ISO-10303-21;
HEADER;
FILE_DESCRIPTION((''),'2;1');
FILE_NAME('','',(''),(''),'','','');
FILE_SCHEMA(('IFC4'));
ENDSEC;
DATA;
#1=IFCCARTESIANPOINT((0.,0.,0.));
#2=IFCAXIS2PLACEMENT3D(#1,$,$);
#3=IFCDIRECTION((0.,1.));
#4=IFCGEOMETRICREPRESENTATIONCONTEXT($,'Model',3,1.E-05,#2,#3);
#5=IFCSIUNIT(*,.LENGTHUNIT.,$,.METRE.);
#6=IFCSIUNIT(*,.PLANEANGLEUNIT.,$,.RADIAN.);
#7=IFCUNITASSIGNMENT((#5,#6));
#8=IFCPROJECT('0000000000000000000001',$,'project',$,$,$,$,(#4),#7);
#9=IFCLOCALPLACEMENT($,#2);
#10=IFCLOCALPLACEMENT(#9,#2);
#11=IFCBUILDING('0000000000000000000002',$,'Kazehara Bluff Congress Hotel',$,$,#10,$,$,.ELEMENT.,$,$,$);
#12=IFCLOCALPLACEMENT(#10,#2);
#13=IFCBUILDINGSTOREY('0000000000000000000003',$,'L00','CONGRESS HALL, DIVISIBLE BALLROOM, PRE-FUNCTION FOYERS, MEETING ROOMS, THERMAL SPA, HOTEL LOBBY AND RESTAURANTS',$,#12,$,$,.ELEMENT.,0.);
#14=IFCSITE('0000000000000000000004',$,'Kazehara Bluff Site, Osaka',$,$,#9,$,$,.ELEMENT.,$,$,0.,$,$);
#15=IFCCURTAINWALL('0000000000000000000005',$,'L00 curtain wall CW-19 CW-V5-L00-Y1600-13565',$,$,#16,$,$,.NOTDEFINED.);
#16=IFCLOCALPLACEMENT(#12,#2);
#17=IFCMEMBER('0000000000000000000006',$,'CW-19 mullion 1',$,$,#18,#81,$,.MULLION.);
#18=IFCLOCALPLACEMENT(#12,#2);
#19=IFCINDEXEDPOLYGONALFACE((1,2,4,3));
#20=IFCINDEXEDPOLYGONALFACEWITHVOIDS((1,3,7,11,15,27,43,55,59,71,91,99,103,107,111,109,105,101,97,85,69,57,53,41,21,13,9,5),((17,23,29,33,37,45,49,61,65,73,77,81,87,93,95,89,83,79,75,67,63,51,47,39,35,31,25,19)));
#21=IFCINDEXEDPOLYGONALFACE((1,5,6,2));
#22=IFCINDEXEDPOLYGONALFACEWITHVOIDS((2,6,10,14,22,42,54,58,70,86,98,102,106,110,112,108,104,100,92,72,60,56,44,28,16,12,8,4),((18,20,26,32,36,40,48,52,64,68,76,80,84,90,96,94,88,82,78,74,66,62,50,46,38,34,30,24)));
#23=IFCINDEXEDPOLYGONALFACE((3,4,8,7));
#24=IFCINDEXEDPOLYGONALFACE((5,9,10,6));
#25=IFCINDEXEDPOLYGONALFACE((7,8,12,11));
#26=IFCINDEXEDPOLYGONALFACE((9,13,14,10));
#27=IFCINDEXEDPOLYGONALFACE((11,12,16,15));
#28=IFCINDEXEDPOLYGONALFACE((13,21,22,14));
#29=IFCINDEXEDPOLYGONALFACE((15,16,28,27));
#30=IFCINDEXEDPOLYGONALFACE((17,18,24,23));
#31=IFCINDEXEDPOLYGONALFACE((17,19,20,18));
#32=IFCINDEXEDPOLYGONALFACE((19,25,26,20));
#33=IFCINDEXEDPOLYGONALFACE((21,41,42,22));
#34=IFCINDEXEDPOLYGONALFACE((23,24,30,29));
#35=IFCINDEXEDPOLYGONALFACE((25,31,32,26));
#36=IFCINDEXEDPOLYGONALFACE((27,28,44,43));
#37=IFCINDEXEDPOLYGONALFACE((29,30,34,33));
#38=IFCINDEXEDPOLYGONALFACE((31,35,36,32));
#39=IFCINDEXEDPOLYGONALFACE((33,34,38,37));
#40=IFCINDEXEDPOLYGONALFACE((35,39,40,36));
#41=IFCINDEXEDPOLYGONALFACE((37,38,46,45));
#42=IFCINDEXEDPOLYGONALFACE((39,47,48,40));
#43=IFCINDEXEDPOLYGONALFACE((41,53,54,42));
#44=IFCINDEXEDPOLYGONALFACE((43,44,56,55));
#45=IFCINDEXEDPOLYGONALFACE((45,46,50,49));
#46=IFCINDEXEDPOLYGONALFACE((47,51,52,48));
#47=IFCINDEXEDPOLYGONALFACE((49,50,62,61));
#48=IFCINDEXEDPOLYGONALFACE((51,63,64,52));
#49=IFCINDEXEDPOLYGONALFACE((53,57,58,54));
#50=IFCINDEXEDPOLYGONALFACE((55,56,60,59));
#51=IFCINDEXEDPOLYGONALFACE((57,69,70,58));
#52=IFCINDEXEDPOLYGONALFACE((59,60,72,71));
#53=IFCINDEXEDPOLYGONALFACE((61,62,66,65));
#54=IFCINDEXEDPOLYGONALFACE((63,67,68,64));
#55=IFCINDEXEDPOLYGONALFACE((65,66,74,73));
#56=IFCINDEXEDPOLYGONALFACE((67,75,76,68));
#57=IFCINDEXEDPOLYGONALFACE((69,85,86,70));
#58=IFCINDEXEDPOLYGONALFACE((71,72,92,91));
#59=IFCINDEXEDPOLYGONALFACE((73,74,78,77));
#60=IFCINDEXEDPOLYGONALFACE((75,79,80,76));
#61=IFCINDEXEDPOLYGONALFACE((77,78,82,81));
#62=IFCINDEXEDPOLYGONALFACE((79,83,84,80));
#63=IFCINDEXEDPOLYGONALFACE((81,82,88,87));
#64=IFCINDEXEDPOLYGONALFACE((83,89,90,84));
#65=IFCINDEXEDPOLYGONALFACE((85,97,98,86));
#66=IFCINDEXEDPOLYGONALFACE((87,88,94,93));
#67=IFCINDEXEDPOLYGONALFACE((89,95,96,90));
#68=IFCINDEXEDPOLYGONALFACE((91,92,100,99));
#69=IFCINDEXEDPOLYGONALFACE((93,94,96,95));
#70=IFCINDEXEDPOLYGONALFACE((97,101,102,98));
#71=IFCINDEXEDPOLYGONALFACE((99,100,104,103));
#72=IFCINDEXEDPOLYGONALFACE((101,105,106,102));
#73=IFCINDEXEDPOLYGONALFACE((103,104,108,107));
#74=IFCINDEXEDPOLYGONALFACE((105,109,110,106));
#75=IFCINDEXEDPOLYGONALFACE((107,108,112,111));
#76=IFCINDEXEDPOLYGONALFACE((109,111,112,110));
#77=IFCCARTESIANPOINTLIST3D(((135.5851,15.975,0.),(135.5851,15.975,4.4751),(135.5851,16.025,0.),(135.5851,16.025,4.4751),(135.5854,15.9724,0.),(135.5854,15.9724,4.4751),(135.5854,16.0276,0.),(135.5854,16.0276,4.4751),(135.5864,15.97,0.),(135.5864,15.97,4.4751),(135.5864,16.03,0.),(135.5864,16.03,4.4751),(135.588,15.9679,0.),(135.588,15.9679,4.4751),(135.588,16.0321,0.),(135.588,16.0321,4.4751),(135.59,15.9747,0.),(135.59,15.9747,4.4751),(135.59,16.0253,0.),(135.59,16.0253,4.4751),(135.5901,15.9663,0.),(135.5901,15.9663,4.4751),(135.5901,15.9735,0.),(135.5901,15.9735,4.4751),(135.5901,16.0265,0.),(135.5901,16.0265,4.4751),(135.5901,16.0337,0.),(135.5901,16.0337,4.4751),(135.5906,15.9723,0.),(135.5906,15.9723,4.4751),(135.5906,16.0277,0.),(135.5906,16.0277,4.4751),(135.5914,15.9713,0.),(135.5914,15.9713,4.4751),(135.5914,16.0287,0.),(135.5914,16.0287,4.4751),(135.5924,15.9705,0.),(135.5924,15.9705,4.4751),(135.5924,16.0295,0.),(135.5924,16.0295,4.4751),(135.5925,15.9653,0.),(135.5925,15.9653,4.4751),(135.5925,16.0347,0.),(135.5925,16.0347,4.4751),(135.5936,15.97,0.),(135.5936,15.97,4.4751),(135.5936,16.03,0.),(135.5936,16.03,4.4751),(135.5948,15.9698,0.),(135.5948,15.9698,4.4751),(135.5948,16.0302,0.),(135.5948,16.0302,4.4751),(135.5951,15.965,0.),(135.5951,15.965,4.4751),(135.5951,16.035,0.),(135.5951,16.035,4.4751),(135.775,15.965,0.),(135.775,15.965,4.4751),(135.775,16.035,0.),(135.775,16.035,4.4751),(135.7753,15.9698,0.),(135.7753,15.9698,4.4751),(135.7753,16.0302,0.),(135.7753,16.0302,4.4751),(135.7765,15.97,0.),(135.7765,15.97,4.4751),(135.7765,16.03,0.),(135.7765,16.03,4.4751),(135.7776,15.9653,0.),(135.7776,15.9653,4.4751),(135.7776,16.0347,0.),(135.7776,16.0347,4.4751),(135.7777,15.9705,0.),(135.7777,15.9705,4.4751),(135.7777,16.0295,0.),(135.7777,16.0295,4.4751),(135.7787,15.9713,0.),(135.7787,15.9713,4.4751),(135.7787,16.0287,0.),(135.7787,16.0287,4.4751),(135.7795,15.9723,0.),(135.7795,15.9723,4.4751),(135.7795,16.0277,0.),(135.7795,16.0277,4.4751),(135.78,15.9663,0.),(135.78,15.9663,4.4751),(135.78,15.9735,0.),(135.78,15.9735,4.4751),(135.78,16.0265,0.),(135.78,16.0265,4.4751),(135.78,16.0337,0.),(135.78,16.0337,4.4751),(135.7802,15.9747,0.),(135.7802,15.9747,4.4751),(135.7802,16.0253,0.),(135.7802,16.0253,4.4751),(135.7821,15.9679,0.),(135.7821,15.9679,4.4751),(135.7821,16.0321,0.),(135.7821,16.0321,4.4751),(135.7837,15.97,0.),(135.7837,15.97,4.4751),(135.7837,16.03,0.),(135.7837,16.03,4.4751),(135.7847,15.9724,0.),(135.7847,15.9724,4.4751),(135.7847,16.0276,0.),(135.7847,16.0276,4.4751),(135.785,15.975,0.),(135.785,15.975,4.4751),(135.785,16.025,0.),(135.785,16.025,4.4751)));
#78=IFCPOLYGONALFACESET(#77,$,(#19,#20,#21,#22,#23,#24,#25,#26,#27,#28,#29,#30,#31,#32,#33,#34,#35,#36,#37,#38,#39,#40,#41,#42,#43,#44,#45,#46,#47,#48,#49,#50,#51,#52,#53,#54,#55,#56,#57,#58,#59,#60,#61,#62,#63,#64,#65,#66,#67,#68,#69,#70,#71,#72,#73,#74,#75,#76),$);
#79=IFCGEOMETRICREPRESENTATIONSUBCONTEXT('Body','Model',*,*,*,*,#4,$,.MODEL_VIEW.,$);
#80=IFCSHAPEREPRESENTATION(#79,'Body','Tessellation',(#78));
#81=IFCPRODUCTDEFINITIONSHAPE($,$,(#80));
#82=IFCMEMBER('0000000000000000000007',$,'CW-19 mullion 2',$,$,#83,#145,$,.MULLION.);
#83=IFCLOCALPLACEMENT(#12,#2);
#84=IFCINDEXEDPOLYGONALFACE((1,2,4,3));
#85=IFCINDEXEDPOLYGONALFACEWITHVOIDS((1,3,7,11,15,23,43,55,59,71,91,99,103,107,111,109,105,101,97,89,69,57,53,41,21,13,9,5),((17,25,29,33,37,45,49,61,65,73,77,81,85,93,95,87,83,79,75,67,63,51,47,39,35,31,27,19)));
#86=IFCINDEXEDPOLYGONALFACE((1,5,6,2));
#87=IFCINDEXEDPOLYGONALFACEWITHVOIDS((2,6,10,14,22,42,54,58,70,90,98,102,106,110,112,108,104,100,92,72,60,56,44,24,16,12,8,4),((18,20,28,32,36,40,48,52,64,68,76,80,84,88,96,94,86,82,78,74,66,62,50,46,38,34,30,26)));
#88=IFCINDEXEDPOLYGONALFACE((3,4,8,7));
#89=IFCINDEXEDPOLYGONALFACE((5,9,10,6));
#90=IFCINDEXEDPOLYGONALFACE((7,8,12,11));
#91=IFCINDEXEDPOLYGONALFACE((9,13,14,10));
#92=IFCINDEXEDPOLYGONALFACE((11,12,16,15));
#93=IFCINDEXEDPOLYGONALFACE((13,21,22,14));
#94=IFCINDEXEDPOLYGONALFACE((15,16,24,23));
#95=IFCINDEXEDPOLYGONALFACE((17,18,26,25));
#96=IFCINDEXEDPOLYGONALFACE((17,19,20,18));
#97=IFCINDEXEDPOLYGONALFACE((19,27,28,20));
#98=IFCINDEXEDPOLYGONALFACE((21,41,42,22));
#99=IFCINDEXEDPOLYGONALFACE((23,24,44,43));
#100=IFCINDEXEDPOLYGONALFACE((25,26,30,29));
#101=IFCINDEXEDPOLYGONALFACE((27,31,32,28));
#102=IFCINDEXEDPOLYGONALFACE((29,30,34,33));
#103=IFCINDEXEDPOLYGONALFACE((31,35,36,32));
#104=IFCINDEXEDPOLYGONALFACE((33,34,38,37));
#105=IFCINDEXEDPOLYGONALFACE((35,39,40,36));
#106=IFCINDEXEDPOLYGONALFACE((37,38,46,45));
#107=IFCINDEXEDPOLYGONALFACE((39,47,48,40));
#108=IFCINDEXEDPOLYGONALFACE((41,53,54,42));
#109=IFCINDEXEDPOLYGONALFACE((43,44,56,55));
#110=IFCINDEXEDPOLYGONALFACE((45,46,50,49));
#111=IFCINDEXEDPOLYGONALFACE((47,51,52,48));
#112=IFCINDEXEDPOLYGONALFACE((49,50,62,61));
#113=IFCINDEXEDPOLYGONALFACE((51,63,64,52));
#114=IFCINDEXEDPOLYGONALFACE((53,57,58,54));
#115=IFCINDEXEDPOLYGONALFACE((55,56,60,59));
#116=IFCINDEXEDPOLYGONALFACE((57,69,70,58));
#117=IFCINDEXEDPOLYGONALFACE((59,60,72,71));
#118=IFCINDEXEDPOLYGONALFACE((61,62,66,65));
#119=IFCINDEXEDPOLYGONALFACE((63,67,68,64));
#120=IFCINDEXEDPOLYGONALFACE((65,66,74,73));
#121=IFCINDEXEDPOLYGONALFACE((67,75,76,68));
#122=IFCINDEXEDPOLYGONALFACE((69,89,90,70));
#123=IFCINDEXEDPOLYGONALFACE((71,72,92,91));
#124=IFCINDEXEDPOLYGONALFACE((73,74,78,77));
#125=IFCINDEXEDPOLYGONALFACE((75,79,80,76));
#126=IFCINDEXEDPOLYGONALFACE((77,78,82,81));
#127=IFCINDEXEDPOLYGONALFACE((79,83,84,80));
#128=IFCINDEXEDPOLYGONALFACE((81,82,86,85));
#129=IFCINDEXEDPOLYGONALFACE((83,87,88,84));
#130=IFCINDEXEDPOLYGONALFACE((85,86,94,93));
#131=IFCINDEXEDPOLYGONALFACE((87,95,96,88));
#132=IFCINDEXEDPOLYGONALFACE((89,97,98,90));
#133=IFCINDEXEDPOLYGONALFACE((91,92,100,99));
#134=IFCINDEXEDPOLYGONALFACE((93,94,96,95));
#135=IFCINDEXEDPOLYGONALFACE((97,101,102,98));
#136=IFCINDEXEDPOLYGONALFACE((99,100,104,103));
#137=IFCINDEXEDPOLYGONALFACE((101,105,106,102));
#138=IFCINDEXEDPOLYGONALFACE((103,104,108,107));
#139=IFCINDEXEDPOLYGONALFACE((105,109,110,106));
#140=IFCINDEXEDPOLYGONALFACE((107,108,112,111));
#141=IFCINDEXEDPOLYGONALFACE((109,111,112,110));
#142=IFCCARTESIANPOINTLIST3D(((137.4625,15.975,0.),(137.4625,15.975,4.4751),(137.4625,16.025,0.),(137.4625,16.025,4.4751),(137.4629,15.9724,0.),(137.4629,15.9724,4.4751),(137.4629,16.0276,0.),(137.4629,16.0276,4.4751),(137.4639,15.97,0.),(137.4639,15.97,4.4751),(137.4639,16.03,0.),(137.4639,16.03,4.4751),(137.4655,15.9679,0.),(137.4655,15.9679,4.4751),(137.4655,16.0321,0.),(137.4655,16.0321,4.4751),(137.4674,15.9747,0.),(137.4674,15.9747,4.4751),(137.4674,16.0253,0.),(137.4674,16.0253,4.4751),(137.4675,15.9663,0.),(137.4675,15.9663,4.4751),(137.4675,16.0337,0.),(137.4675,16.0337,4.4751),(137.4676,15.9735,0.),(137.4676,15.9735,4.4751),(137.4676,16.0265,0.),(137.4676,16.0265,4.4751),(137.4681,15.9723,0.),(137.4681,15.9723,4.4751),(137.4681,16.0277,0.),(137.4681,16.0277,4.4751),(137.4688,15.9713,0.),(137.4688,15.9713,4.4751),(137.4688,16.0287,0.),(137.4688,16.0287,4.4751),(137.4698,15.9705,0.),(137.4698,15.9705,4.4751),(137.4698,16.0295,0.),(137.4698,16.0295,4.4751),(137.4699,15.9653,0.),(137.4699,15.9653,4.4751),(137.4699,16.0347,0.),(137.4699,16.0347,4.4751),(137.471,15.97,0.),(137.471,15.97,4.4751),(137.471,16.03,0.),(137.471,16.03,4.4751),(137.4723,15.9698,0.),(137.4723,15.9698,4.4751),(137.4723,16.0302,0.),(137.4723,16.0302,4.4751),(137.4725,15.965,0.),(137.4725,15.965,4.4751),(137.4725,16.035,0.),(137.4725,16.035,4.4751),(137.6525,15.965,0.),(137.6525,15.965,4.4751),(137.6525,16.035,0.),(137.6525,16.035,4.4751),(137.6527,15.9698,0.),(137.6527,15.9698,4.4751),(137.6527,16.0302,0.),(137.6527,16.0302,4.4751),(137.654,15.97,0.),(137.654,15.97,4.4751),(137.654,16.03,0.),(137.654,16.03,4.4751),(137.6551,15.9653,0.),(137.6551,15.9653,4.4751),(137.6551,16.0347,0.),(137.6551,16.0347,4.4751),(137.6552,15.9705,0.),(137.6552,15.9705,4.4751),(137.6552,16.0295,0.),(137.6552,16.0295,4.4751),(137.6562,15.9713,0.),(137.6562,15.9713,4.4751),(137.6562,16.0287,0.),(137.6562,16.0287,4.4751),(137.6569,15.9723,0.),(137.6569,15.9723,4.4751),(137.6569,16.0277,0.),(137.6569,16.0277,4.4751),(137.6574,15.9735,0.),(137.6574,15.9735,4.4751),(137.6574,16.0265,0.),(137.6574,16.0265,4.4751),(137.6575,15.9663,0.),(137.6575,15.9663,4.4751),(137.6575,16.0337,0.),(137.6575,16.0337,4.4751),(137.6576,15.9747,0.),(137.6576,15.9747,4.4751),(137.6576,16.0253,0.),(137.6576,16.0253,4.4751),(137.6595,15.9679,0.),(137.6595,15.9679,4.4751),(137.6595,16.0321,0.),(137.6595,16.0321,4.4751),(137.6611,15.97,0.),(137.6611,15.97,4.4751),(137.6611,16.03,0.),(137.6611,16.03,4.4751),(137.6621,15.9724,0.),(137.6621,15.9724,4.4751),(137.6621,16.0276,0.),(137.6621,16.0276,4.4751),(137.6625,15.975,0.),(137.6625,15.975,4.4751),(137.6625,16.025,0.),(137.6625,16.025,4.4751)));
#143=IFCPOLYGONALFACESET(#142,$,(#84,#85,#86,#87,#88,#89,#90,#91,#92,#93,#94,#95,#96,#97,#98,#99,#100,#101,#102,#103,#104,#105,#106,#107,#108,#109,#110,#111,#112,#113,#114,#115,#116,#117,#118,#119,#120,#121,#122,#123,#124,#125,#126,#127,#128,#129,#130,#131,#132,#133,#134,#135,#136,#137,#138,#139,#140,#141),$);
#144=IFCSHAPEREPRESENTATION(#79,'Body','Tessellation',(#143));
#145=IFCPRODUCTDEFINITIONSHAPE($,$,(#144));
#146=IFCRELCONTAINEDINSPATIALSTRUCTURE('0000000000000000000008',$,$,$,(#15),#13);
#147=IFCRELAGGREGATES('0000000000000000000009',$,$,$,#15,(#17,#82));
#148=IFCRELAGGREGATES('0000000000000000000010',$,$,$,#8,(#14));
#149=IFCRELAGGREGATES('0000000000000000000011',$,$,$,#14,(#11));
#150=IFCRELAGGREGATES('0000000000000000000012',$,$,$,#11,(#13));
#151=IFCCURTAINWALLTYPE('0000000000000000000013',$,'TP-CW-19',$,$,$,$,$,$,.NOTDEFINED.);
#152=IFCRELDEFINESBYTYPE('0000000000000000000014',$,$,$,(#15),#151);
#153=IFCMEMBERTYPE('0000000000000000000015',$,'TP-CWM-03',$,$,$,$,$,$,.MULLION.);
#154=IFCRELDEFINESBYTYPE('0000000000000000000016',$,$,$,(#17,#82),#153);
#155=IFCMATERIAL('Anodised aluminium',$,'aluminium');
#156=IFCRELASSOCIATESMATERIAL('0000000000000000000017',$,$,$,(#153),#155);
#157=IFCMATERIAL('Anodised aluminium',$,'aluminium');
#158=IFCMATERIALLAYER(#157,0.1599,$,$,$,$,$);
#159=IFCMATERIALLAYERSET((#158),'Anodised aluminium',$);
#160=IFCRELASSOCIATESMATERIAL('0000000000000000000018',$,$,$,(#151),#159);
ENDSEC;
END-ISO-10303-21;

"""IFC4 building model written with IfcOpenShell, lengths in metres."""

from ifc_helpers import new_model, si_unit, direction, frame, origin, origin_2d, place, context, subcontext, project, spatial, hollow_rectangle, extrude, material, layer, layer_set, material_profile, profile_set, type_object, element, aggregate, save


model = new_model("IFC4")

# Units and contexts
model_context = context("Model", 3, precision=1e-05, world=origin(), true_north=direction((0.0, 1.0)))
body_context = subcontext(model_context, "Body", "Model", "MODEL_VIEW")
ifc_project = project(units=[si_unit("LENGTHUNIT", "METRE"), si_unit("PLANEANGLEUNIT", "RADIAN")], contexts=[model_context])

# Site, building, storey
site_placement = place(None, origin())
site = spatial("IfcSite", under=ifc_project, at=site_placement, Name="Kazehara Bluff Site, Osaka", CompositionType="ELEMENT", RefElevation=0.0)
building_placement = place(site_placement, origin())
building = spatial("IfcBuilding", under=site, at=building_placement, Name="Kazehara Bluff Congress Hotel", CompositionType="ELEMENT")
storey_placement = place(building_placement, origin())
storey = spatial("IfcBuildingStorey", under=building, at=storey_placement, Name="L00", Description="CONGRESS HALL, DIVISIBLE BALLROOM, PRE-FUNCTION FOYERS, MEETING ROOMS, THERMAL SPA, HOTEL LOBBY AND RESTAURANTS", CompositionType="ELEMENT", Elevation=0.0)

# Shared definitions
ifc_material_1 = material(Name="Anodised aluminium", Category="aluminium")
ifc_material_profile_1 = material_profile(ifc_material_1, hollow_rectangle(XDim=0.0701, YDim=0.2, WallThickness=0.0049, InnerFilletRadius=0.0049, OuterFilletRadius=0.01, at=origin_2d()))
ifc_profile_set_1 = profile_set([ifc_material_profile_1], Name="Anodised aluminium")
member_type_1 = type_object("IfcMemberType", Name="TP-CWM-03", PredefinedType="MULLION", material=ifc_profile_set_1)

# Curtain wall, members
ifc_material_2 = material(Name="Anodised aluminium", Category="aluminium")
ifc_layer_1 = layer(ifc_material_2, 0.1599)
ifc_layer_set_1 = layer_set([ifc_layer_1], Name="Anodised aluminium")
curtain_wall_type_1 = type_object("IfcCurtainWallType", Name="TP-CW-19", PredefinedType="NOTDEFINED", material=ifc_layer_set_1)
curtain_wall_1_placement = place(storey_placement, origin())
curtain_wall_1 = element("IfcCurtainWall", 1, at=curtain_wall_1_placement, inside=storey, type_object=curtain_wall_type_1, Name="L00 curtain wall CW-19 CW-V5-L00-Y1600-13565", PredefinedType="NOTDEFINED")
member_1_placement = place(storey_placement, frame((135.6851, 16.0, 0.0), z_axis=(0.0, 0.0, 1.0), x_axis=(0.0, 1.0, 0.0)))
member_1 = element("IfcMember", 2, at=member_1_placement, type_object=member_type_1, Name="CW-19 mullion 1", PredefinedType="MULLION", context=body_context, shape_type="SweptSolid", body=[
    extrude(hollow_rectangle(XDim=0.0701, YDim=0.2, WallThickness=0.0049, InnerFilletRadius=0.0049, OuterFilletRadius=0.01, at=origin_2d()), origin(), (0.0, 0.0, 1.0), 4.4751),
])
member_2_placement = place(storey_placement, frame((137.5625, 16.0, 0.0), z_axis=(0.0, 0.0, 1.0), x_axis=(0.0, 1.0, 0.0)))
member_2 = element("IfcMember", 3, at=member_2_placement, type_object=member_type_1, Name="CW-19 mullion 2", PredefinedType="MULLION", context=body_context, shape_type="SweptSolid", body=[
    extrude(hollow_rectangle(XDim=0.0701, YDim=0.2, WallThickness=0.0049, InnerFilletRadius=0.0049, OuterFilletRadius=0.01, at=origin_2d()), origin(), (0.0, 0.0, 1.0), 4.4751),
])

aggregate(curtain_wall_1, [member_1, member_2])

save(model, "model.ifc")
